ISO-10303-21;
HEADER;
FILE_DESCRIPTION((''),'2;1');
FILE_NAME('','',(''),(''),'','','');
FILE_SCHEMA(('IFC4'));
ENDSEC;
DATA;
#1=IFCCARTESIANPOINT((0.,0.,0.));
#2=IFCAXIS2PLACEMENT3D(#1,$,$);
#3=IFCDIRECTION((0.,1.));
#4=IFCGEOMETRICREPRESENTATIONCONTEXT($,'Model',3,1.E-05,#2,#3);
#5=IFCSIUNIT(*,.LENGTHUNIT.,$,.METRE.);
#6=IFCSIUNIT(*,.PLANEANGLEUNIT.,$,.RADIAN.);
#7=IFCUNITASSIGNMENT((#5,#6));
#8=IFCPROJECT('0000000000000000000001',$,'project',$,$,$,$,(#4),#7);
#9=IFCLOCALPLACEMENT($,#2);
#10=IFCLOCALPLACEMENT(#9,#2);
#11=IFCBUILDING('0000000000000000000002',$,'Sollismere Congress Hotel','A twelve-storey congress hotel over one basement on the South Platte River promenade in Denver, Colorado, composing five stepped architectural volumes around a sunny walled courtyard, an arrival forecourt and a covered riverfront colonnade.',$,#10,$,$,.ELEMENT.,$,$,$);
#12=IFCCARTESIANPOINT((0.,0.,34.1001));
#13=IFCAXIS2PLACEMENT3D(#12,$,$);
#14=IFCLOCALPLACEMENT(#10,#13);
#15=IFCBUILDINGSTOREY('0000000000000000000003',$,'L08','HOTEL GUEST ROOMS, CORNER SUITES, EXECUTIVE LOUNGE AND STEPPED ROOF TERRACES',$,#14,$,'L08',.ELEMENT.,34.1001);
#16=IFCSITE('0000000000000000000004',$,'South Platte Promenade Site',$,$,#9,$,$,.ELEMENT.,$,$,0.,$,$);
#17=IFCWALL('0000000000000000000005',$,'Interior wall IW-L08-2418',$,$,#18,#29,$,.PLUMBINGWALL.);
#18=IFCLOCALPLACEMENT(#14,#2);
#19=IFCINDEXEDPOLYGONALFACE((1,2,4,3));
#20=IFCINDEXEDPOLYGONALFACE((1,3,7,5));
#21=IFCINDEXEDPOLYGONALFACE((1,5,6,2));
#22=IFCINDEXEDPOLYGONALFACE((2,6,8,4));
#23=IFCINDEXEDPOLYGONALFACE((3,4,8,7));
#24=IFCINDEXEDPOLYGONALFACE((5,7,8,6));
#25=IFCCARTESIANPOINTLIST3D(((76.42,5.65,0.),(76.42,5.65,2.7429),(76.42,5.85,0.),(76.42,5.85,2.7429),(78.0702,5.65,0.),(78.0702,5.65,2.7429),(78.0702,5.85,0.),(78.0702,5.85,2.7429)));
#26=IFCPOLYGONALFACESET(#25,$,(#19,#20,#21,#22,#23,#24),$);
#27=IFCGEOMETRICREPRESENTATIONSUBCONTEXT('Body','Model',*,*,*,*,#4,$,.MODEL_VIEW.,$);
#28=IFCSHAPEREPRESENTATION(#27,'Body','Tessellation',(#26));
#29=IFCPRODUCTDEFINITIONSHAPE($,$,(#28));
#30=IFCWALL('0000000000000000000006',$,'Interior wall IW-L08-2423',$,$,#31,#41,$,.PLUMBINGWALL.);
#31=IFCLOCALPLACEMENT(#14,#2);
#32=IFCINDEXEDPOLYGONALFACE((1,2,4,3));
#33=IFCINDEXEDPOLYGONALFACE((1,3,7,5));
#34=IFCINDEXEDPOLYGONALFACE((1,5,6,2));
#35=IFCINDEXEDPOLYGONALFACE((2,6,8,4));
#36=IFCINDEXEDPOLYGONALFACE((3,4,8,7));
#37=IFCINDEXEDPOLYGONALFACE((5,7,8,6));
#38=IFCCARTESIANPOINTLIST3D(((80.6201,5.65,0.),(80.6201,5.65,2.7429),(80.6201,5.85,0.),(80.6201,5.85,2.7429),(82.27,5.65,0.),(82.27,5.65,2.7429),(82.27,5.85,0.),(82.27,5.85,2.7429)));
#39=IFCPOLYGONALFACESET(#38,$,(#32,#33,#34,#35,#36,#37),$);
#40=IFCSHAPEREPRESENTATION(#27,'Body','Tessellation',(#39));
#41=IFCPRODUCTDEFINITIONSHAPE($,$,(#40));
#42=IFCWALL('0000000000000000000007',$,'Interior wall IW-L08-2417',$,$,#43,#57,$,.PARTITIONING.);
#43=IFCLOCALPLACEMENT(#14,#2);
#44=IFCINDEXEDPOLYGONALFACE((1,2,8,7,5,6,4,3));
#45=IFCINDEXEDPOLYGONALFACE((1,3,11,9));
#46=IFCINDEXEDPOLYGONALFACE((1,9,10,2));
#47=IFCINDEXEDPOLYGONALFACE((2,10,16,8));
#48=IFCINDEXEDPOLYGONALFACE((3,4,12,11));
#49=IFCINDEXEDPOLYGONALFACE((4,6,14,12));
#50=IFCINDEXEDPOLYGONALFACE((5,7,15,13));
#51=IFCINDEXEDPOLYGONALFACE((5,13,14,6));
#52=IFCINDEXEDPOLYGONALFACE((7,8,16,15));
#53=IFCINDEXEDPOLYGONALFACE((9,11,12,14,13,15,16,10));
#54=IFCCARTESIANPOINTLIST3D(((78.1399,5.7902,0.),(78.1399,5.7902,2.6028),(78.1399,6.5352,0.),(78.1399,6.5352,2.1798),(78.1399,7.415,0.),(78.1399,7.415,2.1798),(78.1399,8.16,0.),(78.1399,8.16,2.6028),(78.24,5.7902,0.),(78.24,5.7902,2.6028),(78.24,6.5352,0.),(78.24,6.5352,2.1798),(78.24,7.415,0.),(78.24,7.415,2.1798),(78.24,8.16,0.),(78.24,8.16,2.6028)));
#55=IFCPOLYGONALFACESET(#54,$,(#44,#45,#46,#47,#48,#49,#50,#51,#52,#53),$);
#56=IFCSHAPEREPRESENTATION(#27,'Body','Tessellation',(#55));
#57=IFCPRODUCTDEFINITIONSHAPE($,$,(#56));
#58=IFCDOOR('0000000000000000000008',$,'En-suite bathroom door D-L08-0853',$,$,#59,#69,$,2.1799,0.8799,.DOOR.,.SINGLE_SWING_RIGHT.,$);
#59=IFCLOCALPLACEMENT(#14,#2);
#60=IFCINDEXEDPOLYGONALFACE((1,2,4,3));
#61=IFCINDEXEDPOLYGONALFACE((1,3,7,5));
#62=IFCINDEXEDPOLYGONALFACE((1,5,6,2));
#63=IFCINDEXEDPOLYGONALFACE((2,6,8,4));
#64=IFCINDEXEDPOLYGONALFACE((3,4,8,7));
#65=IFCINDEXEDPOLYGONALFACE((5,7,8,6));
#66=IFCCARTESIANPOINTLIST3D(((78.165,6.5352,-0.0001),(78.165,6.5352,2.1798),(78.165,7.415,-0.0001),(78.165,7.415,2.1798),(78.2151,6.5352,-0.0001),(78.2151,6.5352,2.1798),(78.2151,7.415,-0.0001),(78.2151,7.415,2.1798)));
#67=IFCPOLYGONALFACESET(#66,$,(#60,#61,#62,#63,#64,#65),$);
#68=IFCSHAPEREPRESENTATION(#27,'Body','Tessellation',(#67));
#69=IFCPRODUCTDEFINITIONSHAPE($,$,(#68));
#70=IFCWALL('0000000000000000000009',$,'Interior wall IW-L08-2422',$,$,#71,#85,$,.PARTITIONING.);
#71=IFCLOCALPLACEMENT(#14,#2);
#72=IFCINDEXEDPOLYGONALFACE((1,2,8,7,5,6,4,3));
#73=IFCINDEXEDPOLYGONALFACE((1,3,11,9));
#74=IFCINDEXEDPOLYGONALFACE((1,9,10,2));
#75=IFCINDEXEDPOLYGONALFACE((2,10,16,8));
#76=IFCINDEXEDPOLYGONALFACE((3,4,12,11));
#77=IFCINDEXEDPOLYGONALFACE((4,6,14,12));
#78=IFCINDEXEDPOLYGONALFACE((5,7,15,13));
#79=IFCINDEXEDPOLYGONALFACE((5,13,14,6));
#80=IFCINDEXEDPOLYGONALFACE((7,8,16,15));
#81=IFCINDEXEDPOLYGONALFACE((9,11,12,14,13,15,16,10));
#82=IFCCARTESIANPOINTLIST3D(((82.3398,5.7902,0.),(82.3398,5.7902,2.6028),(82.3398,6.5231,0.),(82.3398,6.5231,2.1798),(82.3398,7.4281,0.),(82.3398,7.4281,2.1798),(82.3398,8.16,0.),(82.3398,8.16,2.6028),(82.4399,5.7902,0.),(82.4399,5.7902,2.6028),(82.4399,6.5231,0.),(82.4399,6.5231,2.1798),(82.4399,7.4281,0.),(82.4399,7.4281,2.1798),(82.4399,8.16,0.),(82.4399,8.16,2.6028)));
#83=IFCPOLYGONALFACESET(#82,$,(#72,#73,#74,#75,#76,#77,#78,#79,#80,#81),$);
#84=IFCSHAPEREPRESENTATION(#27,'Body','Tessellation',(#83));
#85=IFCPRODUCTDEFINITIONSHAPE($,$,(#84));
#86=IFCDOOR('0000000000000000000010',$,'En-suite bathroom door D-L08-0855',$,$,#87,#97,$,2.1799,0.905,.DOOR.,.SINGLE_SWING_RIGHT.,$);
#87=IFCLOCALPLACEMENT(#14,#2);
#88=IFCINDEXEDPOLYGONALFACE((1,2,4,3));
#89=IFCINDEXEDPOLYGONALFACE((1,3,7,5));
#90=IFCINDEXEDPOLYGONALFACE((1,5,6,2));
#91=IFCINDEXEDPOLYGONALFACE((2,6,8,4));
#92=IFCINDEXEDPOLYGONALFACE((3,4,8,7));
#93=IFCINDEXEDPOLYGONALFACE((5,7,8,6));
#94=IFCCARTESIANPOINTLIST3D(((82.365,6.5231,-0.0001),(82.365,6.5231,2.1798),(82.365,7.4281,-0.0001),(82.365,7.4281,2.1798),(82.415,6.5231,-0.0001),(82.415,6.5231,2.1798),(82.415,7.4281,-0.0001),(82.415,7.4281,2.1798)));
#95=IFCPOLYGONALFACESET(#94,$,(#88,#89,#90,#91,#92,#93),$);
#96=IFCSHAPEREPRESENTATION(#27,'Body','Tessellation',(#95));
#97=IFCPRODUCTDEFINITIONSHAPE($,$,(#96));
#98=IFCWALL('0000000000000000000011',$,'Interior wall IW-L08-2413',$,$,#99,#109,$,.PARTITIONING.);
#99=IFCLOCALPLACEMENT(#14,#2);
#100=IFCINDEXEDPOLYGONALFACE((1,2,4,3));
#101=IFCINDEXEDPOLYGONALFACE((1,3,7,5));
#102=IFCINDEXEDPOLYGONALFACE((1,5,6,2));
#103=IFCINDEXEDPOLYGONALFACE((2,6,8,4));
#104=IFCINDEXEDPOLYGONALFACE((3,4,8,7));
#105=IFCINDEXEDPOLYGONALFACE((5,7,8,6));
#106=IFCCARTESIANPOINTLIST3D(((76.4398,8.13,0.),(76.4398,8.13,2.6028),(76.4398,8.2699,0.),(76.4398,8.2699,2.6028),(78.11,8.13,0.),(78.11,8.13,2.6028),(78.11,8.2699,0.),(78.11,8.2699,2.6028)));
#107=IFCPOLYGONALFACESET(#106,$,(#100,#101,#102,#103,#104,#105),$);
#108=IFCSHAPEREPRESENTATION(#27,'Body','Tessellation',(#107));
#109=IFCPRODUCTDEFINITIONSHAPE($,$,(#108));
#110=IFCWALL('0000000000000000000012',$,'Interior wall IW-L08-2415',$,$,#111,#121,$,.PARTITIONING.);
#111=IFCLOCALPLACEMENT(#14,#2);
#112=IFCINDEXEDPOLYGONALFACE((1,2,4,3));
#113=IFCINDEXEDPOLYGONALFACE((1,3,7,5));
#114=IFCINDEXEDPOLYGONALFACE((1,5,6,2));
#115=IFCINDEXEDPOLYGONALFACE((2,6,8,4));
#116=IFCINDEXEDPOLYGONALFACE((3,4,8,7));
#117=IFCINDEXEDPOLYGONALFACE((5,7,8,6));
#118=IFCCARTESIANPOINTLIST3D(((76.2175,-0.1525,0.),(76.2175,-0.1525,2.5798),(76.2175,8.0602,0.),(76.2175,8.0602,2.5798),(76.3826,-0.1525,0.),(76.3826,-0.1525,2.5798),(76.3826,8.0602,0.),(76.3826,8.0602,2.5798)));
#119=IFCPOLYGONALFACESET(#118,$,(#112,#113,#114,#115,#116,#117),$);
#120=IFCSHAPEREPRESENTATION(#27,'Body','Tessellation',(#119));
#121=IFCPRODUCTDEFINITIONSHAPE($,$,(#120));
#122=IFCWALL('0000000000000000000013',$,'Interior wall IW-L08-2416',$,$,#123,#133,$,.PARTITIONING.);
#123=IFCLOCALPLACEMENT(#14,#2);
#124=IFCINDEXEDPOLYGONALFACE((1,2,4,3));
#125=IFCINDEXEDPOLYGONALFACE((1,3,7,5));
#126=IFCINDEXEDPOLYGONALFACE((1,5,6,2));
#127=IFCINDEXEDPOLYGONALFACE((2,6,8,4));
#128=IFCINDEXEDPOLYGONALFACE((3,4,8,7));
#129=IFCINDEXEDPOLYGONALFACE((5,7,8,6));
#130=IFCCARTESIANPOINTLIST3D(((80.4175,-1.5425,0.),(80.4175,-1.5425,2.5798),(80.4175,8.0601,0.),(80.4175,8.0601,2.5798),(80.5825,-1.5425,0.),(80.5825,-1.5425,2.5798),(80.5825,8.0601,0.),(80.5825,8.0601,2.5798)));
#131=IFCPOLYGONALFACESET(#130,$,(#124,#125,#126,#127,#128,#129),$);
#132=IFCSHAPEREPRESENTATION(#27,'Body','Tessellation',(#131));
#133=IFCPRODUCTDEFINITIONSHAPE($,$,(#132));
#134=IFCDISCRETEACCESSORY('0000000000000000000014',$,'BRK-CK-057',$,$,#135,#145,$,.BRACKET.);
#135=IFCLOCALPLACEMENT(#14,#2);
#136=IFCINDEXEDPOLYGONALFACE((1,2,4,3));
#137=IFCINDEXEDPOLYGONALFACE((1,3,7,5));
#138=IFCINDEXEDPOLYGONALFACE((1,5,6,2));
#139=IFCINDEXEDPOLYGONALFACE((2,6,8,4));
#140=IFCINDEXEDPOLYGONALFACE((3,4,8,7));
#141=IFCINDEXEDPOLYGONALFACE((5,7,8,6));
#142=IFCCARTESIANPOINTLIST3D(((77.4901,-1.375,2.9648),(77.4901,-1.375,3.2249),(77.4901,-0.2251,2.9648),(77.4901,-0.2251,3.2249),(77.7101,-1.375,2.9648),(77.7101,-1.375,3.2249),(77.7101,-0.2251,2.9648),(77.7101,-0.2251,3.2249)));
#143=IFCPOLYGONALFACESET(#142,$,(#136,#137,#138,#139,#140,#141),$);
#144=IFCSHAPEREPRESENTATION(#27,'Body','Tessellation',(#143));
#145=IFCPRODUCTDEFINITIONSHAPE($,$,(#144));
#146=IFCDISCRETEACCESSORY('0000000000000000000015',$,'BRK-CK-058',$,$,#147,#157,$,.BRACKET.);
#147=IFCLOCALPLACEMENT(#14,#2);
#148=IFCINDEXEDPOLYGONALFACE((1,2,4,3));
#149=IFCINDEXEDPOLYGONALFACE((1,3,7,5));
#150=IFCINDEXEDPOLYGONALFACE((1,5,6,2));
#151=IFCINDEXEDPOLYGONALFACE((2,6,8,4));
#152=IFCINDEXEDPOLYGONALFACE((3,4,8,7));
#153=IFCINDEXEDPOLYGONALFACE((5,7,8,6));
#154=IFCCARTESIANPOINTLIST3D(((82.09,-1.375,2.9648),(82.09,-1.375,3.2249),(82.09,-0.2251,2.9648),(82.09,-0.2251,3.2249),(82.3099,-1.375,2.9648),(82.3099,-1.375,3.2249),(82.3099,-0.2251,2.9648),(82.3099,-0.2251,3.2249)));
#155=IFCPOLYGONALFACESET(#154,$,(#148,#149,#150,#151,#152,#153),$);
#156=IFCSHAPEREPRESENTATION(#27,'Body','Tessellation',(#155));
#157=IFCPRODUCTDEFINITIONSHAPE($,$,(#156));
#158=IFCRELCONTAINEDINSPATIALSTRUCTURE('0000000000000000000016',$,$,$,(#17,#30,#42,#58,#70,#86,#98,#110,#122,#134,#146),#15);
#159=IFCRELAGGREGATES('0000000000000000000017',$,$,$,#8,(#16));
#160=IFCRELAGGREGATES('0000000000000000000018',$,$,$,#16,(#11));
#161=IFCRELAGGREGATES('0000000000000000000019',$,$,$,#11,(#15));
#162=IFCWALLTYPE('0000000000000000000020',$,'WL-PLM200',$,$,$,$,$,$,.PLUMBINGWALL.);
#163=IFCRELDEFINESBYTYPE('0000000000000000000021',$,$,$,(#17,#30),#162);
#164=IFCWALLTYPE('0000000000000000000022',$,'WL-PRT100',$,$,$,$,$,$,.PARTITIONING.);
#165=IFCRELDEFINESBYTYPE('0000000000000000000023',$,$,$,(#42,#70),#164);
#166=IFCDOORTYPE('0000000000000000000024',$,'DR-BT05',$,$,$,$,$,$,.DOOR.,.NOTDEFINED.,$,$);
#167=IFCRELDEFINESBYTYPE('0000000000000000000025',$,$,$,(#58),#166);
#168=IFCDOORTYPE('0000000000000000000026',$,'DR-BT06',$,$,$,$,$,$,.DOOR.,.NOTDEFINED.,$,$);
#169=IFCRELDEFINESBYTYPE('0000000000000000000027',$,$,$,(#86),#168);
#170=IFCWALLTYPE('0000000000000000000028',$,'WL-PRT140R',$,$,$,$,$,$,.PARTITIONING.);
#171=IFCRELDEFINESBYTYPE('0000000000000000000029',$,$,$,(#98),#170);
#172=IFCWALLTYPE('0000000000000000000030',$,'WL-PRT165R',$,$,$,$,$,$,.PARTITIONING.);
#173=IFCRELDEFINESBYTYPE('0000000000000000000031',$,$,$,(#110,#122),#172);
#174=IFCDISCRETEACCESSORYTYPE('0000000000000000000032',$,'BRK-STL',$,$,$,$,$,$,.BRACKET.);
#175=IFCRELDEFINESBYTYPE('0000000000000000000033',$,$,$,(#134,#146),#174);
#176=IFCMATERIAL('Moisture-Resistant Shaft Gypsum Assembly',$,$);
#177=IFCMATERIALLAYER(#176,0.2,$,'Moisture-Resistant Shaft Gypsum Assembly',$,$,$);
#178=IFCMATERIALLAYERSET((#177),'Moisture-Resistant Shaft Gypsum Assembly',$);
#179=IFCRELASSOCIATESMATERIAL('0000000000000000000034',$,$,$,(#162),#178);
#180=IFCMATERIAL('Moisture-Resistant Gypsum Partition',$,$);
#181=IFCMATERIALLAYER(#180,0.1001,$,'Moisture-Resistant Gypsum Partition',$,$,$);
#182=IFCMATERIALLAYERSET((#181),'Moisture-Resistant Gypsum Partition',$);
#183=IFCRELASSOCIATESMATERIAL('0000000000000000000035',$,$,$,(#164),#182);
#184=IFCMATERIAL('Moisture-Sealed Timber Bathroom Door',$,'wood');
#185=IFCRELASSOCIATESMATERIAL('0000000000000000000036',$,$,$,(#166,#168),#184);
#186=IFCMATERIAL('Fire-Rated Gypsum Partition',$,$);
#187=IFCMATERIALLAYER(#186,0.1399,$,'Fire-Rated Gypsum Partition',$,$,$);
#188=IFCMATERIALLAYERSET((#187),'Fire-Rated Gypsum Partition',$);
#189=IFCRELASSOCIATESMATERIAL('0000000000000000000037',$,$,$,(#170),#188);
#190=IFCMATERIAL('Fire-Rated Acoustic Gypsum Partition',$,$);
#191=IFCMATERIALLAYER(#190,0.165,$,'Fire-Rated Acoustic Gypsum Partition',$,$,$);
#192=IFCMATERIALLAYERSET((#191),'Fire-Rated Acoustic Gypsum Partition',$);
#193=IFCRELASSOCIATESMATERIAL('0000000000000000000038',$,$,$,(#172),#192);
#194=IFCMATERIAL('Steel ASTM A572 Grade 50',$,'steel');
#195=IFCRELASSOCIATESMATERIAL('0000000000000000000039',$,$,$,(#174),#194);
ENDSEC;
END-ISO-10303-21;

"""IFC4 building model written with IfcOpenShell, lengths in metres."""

from ifc_helpers import new_model, si_unit, direction, frame, frame_2d, origin, origin_2d, place, context, subcontext, project, spatial, rectangle, extrude, material, layer, layer_set, type_object, element, fill, save


model = new_model("IFC4")

# Units and contexts
model_context = context("Model", 3, precision=1e-05, world=origin(), true_north=direction((0.0, 1.0)))
body_context = subcontext(model_context, "Body", "Model", "MODEL_VIEW")
ifc_project = project(units=[si_unit("LENGTHUNIT", "METRE"), si_unit("PLANEANGLEUNIT", "RADIAN")], contexts=[model_context])

# Site, building, storey
site_placement = place(None, origin())
site = spatial("IfcSite", under=ifc_project, at=site_placement, Name="South Platte Promenade Site", CompositionType="ELEMENT", RefElevation=0.0)
building_placement = place(site_placement, origin())
building = spatial("IfcBuilding", under=site, at=building_placement, Name="Sollismere Congress Hotel", Description="A twelve-storey congress hotel over one basement on the South Platte River promenade in Denver, Colorado, composing five stepped architectural volumes around a sunny walled courtyard, an arrival forecourt and a covered riverfront colonnade.", CompositionType="ELEMENT")
storey_placement = place(building_placement, frame((0.0, 0.0, 34.1001)))
storey = spatial("IfcBuildingStorey", under=building, at=storey_placement, Name="L08", Description="HOTEL GUEST ROOMS, CORNER SUITES, EXECUTIVE LOUNGE AND STEPPED ROOF TERRACES", LongName="L08", CompositionType="ELEMENT", Elevation=34.1001)

# Walls
ifc_material_1 = material(Name="Moisture-Resistant Shaft Gypsum Assembly")
ifc_layer_1 = layer(ifc_material_1, 0.2, Name="Moisture-Resistant Shaft Gypsum Assembly")
ifc_layer_set_1 = layer_set([ifc_layer_1], Name="Moisture-Resistant Shaft Gypsum Assembly")
wall_type_1 = type_object("IfcWallType", Name="WL-PLM200", PredefinedType="PLUMBINGWALL", material=ifc_layer_set_1)
wall_1_placement = place(storey_placement, frame((76.4199, 5.75, 0.0), z_axis=(0.0, 0.0, 1.0), x_axis=(1.0, 0.0, 0.0)))
element("IfcWall", 1, at=wall_1_placement, inside=storey, type_object=wall_type_1, Name="Interior wall IW-L08-2418", PredefinedType="PLUMBINGWALL", context=body_context, shape_type="SweptSolid", body=[
    extrude(rectangle(XDim=1.6501, YDim=0.2, at=frame_2d((0.8252, 0.0))), origin(), (0.0, 0.0, 1.0), 2.7429),
])
wall_2_placement = place(storey_placement, frame((80.6201, 5.75, 0.0), z_axis=(0.0, 0.0, 1.0), x_axis=(1.0, 0.0, 0.0)))
element("IfcWall", 2, at=wall_2_placement, inside=storey, type_object=wall_type_1, Name="Interior wall IW-L08-2423", PredefinedType="PLUMBINGWALL", context=body_context, shape_type="SweptSolid", body=[
    extrude(rectangle(XDim=1.6499, YDim=0.2, at=frame_2d((0.825, 0.0))), origin(), (0.0, 0.0, 1.0), 2.7429),
])

# Walls, openings, doors
ifc_material_2 = material(Name="Moisture-Resistant Gypsum Partition")
ifc_layer_2 = layer(ifc_material_2, 0.1001, Name="Moisture-Resistant Gypsum Partition")
ifc_layer_set_2 = layer_set([ifc_layer_2], Name="Moisture-Resistant Gypsum Partition")
wall_type_2 = type_object("IfcWallType", Name="WL-PRT100", PredefinedType="PARTITIONING", material=ifc_layer_set_2)
wall_3_placement = place(storey_placement, frame((78.1899, 5.79, 0.0), z_axis=(0.0, 0.0, 1.0), x_axis=(0.0, 1.0, 0.0)))
wall_3 = element("IfcWall", 3, at=wall_3_placement, inside=storey, type_object=wall_type_2, Name="Interior wall IW-L08-2417", PredefinedType="PARTITIONING", context=body_context, shape_type="SweptSolid", body=[
    extrude(rectangle(XDim=2.3699, YDim=0.1001, at=frame_2d((1.1851, 0.0))), origin(), (0.0, 0.0, 1.0), 2.6028),
])
opening_1_placement = place(wall_3_placement, frame((0.7451, 0.0, 0.0)))
opening_1 = element("IfcOpeningElement", 4, at=opening_1_placement, cuts=wall_3, PredefinedType="OPENING", context=body_context, shape_type="SweptSolid", body=[
    extrude(rectangle(XDim=0.8799, YDim=2.1799, at=frame_2d((0.4399, 1.0898))), frame((0.0, 0.0601, 0.0), z_axis=(0.0, -1.0, 0.0), x_axis=(1.0, 0.0, 0.0)), (0.0, 0.0, 1.0), 0.1201),
])
ifc_material_3 = material(Name="Moisture-Sealed Timber Bathroom Door", Category="wood")
door_type_1 = type_object("IfcDoorType", Name="DR-BT05", OperationType="NOTDEFINED", PredefinedType="DOOR", material=ifc_material_3)
door_1_placement = place(opening_1_placement, origin())
door_1 = element("IfcDoor", 5, at=door_1_placement, inside=storey, type_object=door_type_1, Name="En-suite bathroom door D-L08-0853", OperationType="SINGLE_SWING_RIGHT", OverallHeight=2.1799, OverallWidth=0.8799, PredefinedType="DOOR", context=body_context, shape_type="SweptSolid", body=[
    extrude(rectangle(XDim=0.8799, YDim=2.1799, at=frame_2d((0.4399, 1.0898))), frame((0.0, 0.0249, 0.0), z_axis=(0.0, -1.0, 0.0), x_axis=(1.0, 0.0, 0.0)), (0.0, 0.0, 1.0), 0.05),
])
fill(opening_1, door_1)
wall_4_placement = place(storey_placement, frame((82.3899, 5.79, 0.0), z_axis=(0.0, 0.0, 1.0), x_axis=(0.0, 1.0, 0.0)))
wall_4 = element("IfcWall", 6, at=wall_4_placement, inside=storey, type_object=wall_type_2, Name="Interior wall IW-L08-2422", PredefinedType="PARTITIONING", context=body_context, shape_type="SweptSolid", body=[
    extrude(rectangle(XDim=2.3699, YDim=0.1001, at=frame_2d((1.1851, 0.0))), origin(), (0.0, 0.0, 1.0), 2.6028),
])
opening_2_placement = place(wall_4_placement, frame((0.7329, 0.0, 0.0)))
opening_2 = element("IfcOpeningElement", 7, at=opening_2_placement, cuts=wall_4, PredefinedType="OPENING", context=body_context, shape_type="SweptSolid", body=[
    extrude(rectangle(XDim=0.905, YDim=2.1799, at=frame_2d((0.4526, 1.0898))), frame((0.0, 0.0601, 0.0), z_axis=(0.0, -1.0, 0.0), x_axis=(1.0, 0.0, 0.0)), (0.0, 0.0, 1.0), 0.1201),
])
door_type_2 = type_object("IfcDoorType", Name="DR-BT06", OperationType="NOTDEFINED", PredefinedType="DOOR", material=ifc_material_3)
door_2_placement = place(opening_2_placement, origin())
door_2 = element("IfcDoor", 8, at=door_2_placement, inside=storey, type_object=door_type_2, Name="En-suite bathroom door D-L08-0855", OperationType="SINGLE_SWING_RIGHT", OverallHeight=2.1799, OverallWidth=0.905, PredefinedType="DOOR", context=body_context, shape_type="SweptSolid", body=[
    extrude(rectangle(XDim=0.905, YDim=2.1799, at=frame_2d((0.4526, 1.0898))), frame((0.0, 0.0249, 0.0), z_axis=(0.0, -1.0, 0.0), x_axis=(1.0, 0.0, 0.0)), (0.0, 0.0, 1.0), 0.05),
])
fill(opening_2, door_2)

# Walls
ifc_material_4 = material(Name="Fire-Rated Gypsum Partition")
ifc_layer_3 = layer(ifc_material_4, 0.1399, Name="Fire-Rated Gypsum Partition")
ifc_layer_set_3 = layer_set([ifc_layer_3], Name="Fire-Rated Gypsum Partition")
wall_type_3 = type_object("IfcWallType", Name="WL-PRT140R", PredefinedType="PARTITIONING", material=ifc_layer_set_3)
wall_5_placement = place(storey_placement, frame((76.4399, 8.2, 0.0), z_axis=(0.0, 0.0, 1.0), x_axis=(1.0, 0.0, 0.0)))
element("IfcWall", 9, at=wall_5_placement, inside=storey, type_object=wall_type_3, Name="Interior wall IW-L08-2413", PredefinedType="PARTITIONING", context=body_context, shape_type="SweptSolid", body=[
    extrude(rectangle(XDim=1.6702, YDim=0.1399, at=frame_2d((0.835, 0.0))), origin(), (0.0, 0.0, 1.0), 2.6028),
])
ifc_material_5 = material(Name="Fire-Rated Acoustic Gypsum Partition")
ifc_layer_4 = layer(ifc_material_5, 0.165, Name="Fire-Rated Acoustic Gypsum Partition")
ifc_layer_set_4 = layer_set([ifc_layer_4], Name="Fire-Rated Acoustic Gypsum Partition")
wall_type_4 = type_object("IfcWallType", Name="WL-PRT165R", PredefinedType="PARTITIONING", material=ifc_layer_set_4)
wall_6_placement = place(storey_placement, frame((76.3, -0.1526, 0.0), z_axis=(0.0, 0.0, 1.0), x_axis=(0.0, 1.0, 0.0)))
element("IfcWall", 10, at=wall_6_placement, inside=storey, type_object=wall_type_4, Name="Interior wall IW-L08-2415", PredefinedType="PARTITIONING", context=body_context, shape_type="SweptSolid", body=[
    extrude(rectangle(XDim=8.2126, YDim=0.165, at=frame_2d((4.1064, 0.0))), origin(), (0.0, 0.0, 1.0), 2.5798),
])
wall_7_placement = place(storey_placement, frame((80.5, -1.5425, 0.0), z_axis=(0.0, 0.0, 1.0), x_axis=(0.0, 1.0, 0.0)))
element("IfcWall", 11, at=wall_7_placement, inside=storey, type_object=wall_type_4, Name="Interior wall IW-L08-2416", PredefinedType="PARTITIONING", context=body_context, shape_type="SweptSolid", body=[
    extrude(rectangle(XDim=9.6025, YDim=0.165, at=frame_2d((4.8013, 0.0))), origin(), (0.0, 0.0, 1.0), 2.5798),
])

# Discrete accessories
ifc_material_6 = material(Name="Steel ASTM A572 Grade 50", Category="steel")
discrete_accessory_type = type_object("IfcDiscreteAccessoryType", Name="BRK-STL", PredefinedType="BRACKET", material=ifc_material_6)
for number, where, z_axis, x_axis, name in (
    (12, (77.6001, -0.8, 2.9648), (0.0, 0.0, 1.0), (1.0, 0.0, 0.0), "BRK-CK-057"),
    (13, (82.2, -0.8, 2.9648), (0.0, 0.0, 1.0), (1.0, 0.0, 0.0), "BRK-CK-058"),
):
    element("IfcDiscreteAccessory", number, at=place(storey_placement, frame(where, z_axis=z_axis, x_axis=x_axis)), inside=storey, type_object=discrete_accessory_type, Name=name, PredefinedType="BRACKET", context=body_context, shape_type="SweptSolid", body=[
        extrude(rectangle(XDim=0.22, YDim=1.1499, at=origin_2d()), origin(), (0.0, 0.0, 1.0), 0.26),
    ])

save(model, "model.ifc")
